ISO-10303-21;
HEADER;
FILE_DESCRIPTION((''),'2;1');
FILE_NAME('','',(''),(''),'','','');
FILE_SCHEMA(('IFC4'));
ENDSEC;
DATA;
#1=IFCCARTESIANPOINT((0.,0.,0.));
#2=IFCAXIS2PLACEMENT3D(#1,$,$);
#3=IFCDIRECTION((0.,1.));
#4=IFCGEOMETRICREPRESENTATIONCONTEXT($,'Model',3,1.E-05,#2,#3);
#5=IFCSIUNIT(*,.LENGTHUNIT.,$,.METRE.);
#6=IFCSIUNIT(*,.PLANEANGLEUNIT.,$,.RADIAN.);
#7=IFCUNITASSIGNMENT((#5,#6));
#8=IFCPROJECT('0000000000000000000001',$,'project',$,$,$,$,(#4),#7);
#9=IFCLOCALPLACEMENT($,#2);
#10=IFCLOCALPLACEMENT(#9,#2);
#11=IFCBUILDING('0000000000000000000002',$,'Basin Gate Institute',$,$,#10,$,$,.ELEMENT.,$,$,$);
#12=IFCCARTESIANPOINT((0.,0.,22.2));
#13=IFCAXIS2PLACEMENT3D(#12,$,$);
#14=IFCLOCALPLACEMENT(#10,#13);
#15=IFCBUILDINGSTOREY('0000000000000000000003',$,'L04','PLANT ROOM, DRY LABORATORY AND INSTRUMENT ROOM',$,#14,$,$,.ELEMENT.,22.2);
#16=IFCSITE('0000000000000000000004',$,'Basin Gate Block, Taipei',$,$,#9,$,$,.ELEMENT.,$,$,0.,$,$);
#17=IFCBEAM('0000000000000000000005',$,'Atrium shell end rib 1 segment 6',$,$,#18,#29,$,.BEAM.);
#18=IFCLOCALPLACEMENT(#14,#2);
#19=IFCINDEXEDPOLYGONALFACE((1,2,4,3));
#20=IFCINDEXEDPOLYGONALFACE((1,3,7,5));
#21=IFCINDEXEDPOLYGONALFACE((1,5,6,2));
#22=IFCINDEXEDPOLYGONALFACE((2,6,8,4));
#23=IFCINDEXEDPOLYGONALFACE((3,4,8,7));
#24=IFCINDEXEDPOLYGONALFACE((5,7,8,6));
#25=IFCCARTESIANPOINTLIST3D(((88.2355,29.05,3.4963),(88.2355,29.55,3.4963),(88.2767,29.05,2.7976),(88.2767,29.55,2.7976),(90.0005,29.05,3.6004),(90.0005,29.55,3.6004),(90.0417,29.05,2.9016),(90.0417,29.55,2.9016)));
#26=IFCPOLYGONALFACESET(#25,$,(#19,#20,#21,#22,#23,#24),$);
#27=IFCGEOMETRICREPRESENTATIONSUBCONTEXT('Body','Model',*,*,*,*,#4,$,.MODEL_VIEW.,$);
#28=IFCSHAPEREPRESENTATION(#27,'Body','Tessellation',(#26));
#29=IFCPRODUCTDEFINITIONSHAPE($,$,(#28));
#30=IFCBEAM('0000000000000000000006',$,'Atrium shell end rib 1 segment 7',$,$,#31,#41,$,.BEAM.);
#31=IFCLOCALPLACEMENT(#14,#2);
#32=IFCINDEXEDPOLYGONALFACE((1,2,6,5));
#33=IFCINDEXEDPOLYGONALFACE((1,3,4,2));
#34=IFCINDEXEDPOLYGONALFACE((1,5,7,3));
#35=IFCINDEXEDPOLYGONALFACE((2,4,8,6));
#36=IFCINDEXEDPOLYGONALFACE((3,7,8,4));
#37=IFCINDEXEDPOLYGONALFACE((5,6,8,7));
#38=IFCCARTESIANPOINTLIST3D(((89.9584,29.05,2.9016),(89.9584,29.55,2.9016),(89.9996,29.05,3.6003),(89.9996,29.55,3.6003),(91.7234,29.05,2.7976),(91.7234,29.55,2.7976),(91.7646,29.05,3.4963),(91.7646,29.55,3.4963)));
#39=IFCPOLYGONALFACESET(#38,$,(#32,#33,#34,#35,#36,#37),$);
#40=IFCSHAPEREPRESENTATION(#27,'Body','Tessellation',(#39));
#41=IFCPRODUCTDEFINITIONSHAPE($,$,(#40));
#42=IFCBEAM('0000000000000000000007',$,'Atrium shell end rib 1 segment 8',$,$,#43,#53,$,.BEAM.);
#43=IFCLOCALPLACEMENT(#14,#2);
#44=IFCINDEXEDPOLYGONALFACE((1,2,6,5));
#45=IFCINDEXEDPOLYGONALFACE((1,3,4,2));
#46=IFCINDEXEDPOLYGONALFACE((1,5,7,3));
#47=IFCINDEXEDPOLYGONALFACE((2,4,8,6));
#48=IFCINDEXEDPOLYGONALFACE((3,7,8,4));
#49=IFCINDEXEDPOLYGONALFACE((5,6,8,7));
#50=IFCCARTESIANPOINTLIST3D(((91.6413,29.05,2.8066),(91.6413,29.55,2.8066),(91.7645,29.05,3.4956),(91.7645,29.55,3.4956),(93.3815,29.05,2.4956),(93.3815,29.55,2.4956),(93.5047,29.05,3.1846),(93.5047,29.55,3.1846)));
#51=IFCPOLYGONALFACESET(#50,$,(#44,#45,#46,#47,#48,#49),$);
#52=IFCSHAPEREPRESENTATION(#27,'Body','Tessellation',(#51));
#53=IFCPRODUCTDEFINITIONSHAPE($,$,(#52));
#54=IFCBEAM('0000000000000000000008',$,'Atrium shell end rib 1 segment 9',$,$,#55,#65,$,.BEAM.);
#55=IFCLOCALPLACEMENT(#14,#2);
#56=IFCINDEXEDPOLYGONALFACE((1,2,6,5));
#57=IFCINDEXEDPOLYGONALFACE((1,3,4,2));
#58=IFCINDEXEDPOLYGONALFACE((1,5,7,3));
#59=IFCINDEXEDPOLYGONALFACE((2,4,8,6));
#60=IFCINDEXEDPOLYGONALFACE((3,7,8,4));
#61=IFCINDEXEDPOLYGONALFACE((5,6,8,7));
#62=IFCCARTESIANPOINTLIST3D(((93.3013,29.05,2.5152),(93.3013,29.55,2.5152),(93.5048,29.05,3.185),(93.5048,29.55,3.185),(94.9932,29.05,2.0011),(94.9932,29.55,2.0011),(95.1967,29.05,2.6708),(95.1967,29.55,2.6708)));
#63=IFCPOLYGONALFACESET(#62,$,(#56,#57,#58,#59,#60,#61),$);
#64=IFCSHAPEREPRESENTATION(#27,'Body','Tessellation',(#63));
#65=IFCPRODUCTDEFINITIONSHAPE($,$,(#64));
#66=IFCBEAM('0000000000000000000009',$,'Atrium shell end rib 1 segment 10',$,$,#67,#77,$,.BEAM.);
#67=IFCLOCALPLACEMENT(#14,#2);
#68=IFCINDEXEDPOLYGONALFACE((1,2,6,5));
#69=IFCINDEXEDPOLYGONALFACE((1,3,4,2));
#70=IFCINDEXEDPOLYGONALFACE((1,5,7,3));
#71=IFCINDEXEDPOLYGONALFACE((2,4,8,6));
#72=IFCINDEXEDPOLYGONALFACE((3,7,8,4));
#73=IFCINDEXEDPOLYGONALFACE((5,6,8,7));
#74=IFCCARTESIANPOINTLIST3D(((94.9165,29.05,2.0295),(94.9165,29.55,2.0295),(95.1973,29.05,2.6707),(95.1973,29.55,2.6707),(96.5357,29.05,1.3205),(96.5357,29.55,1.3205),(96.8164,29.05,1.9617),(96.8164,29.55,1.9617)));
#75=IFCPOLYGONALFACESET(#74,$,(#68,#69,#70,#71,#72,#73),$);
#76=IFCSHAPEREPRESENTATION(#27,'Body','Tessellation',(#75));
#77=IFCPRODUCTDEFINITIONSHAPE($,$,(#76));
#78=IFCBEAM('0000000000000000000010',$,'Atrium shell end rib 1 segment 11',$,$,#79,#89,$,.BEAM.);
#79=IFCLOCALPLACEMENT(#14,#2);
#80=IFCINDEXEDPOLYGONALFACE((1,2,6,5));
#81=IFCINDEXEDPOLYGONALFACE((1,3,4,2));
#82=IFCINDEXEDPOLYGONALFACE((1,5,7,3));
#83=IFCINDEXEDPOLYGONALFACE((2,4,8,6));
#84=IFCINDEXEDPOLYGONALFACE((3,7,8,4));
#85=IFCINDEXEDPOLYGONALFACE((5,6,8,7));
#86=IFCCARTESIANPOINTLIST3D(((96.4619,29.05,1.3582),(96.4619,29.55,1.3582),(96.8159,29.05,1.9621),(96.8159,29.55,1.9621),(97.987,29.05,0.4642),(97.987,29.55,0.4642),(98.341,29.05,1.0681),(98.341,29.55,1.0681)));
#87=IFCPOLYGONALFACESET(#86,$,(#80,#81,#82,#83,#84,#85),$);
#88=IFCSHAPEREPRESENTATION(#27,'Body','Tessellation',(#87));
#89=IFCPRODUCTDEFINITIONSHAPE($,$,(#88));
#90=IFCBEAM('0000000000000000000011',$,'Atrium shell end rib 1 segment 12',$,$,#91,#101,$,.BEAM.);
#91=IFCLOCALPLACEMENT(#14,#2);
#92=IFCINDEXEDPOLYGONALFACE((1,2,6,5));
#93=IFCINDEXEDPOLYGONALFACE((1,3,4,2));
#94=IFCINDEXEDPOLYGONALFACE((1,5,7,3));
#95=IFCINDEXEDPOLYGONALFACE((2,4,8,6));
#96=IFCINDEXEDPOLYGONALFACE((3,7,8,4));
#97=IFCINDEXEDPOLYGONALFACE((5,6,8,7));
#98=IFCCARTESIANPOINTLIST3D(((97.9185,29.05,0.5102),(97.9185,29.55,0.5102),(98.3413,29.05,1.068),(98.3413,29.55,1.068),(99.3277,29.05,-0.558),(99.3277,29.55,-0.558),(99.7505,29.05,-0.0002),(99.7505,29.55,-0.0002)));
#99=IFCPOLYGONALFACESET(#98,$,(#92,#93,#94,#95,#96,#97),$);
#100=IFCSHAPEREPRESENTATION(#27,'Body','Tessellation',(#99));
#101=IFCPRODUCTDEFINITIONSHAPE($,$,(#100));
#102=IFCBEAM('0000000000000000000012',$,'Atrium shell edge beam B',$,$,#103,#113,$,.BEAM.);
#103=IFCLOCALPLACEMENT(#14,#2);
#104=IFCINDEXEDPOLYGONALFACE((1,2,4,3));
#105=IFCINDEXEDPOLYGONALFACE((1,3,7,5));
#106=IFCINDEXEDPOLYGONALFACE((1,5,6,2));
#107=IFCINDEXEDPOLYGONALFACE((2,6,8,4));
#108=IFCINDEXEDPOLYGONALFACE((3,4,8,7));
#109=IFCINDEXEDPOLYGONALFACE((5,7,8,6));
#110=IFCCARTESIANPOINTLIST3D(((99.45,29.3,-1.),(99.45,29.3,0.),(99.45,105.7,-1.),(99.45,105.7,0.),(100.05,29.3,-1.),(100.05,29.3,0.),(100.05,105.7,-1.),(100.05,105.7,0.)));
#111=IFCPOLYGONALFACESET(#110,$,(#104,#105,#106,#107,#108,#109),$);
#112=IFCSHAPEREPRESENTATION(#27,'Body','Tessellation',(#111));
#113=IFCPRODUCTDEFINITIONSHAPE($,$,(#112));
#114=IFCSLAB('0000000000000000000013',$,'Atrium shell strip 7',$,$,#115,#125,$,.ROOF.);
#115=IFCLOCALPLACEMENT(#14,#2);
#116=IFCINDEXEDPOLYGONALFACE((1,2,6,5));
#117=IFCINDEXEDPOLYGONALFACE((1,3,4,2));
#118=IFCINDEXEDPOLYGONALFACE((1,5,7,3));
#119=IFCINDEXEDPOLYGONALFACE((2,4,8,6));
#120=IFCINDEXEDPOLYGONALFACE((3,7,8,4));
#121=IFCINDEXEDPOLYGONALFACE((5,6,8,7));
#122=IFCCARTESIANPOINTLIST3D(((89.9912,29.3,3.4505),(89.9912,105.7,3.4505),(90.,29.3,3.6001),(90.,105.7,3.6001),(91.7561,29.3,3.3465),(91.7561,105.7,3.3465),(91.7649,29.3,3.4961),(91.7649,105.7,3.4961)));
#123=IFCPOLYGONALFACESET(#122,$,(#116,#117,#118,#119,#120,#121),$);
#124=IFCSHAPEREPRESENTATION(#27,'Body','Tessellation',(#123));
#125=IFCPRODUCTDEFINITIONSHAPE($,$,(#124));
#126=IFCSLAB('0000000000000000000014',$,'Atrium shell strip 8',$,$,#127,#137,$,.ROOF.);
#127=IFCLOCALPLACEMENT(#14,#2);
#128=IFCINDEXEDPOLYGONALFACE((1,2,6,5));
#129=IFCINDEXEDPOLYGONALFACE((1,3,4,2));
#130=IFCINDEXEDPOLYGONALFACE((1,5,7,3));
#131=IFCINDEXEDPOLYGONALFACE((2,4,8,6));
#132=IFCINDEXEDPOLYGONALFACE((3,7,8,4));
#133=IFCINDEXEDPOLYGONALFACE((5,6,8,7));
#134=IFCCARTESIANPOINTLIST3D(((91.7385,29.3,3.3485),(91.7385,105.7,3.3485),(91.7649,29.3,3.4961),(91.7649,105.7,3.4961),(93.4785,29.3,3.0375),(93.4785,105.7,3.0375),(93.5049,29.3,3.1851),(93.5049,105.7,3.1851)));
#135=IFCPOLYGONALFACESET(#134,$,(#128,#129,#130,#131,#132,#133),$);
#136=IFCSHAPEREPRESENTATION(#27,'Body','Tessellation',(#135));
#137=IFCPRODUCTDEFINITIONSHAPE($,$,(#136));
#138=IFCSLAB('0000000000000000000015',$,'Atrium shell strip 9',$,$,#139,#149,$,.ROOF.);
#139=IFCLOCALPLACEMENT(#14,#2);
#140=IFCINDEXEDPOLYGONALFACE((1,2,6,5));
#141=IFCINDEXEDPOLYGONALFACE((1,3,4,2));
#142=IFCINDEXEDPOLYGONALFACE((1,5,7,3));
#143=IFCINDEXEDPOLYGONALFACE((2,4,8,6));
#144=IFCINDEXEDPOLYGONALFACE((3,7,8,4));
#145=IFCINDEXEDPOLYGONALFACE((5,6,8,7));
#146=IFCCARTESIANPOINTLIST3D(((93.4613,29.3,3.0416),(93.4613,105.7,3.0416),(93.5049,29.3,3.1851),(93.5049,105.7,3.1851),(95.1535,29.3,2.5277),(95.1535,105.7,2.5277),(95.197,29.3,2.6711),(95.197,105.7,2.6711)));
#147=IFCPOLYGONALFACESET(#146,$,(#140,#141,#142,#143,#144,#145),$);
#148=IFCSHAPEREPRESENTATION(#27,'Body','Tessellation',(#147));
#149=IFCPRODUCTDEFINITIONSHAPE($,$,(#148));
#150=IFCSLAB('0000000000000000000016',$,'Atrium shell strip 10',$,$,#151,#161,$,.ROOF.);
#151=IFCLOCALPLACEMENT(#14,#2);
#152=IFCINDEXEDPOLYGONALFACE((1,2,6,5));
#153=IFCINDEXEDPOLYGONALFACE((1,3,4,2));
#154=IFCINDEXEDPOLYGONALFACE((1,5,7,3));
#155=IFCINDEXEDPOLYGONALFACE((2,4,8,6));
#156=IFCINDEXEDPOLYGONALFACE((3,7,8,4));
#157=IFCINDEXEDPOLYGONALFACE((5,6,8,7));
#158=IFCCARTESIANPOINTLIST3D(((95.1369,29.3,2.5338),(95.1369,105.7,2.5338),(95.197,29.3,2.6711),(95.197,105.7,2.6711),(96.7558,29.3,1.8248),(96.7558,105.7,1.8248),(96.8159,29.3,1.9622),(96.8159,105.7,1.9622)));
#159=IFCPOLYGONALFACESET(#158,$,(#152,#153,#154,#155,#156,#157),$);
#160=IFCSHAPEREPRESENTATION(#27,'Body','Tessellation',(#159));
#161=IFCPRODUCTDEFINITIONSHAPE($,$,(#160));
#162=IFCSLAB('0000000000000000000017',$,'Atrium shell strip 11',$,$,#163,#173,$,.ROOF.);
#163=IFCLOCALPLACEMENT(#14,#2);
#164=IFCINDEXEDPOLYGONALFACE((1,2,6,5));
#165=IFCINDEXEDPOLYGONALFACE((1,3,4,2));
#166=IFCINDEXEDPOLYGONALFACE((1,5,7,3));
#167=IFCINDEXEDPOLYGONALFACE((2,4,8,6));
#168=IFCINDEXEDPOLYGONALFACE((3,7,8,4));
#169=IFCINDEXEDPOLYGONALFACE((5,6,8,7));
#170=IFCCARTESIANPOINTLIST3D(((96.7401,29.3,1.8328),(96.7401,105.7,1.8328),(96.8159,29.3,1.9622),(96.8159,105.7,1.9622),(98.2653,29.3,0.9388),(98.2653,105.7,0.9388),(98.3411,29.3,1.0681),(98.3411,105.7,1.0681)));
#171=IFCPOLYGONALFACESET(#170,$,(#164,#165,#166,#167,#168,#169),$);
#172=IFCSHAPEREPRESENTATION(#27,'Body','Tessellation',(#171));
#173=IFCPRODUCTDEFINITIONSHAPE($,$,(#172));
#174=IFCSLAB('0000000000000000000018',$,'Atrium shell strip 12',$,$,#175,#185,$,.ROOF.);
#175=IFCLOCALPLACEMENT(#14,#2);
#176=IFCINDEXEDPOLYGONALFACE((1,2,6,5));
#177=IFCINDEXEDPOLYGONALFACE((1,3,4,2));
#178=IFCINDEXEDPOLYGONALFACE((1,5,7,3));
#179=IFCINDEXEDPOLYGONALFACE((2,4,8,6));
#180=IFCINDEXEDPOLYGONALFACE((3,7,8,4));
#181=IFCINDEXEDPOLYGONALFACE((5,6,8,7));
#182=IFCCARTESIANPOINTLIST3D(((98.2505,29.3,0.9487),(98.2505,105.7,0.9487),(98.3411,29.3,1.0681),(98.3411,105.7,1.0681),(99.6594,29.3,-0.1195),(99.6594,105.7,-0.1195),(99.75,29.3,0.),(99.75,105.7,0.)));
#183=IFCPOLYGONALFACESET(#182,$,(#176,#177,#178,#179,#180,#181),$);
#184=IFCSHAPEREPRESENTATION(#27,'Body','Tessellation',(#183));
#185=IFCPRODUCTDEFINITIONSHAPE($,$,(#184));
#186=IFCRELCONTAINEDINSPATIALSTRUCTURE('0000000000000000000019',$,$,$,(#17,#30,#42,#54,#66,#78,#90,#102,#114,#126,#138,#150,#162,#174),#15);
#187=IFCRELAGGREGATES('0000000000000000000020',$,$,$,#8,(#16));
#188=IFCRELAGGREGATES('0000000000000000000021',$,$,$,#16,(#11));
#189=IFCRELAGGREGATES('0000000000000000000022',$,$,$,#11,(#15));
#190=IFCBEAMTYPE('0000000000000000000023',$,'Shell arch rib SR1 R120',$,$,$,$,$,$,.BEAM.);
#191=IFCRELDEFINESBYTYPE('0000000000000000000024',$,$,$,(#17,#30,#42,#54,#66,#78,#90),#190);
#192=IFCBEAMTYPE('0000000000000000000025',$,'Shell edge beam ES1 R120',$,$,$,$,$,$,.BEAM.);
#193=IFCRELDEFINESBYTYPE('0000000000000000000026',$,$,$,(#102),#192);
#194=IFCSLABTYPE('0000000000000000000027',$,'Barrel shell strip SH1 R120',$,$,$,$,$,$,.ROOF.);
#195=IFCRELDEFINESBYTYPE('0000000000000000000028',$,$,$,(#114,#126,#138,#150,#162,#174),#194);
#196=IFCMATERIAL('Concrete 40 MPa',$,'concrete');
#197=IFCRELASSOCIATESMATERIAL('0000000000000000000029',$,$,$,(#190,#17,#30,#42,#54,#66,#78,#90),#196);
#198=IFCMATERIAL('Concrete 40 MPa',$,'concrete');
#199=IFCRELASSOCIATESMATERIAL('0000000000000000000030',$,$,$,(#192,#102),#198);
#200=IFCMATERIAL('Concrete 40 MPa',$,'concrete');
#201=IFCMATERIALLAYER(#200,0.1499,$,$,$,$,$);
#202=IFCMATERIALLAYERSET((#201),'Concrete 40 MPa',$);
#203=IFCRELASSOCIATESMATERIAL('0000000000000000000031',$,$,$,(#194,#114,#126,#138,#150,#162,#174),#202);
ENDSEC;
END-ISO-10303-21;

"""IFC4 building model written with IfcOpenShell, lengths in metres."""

from ifc_helpers import new_model, si_unit, direction, frame, origin, origin_2d, place, context, subcontext, project, spatial, polyline, rectangle, outline, extrude, material, layer, layer_set, material_profile, profile_set, type_object, element, save


model = new_model("IFC4")

# Units and contexts
model_context = context("Model", 3, precision=1e-05, world=origin(), true_north=direction((0.0, 1.0)))
body_context = subcontext(model_context, "Body", "Model", "MODEL_VIEW")
ifc_project = project(units=[si_unit("LENGTHUNIT", "METRE"), si_unit("PLANEANGLEUNIT", "RADIAN")], contexts=[model_context])

# Site, building, storey
site_placement = place(None, origin())
site = spatial("IfcSite", under=ifc_project, at=site_placement, Name="Basin Gate Block, Taipei", CompositionType="ELEMENT", RefElevation=0.0)
building_placement = place(site_placement, origin())
building = spatial("IfcBuilding", under=site, at=building_placement, Name="Basin Gate Institute", CompositionType="ELEMENT")
storey_placement = place(building_placement, frame((0.0, 0.0, 22.2)))
storey = spatial("IfcBuildingStorey", under=building, at=storey_placement, Name="L04", Description="PLANT ROOM, DRY LABORATORY AND INSTRUMENT ROOM", CompositionType="ELEMENT", Elevation=22.2)

# Beams
ifc_material_1 = material(Name="Concrete 40 MPa", Category="concrete")
ifc_material_profile_1 = material_profile(ifc_material_1, rectangle(XDim=0.5, YDim=0.7, at=origin_2d()), Name="Shell arch rib SR1 500 x 700")
ifc_profile_set_1 = profile_set([ifc_material_profile_1], Name="Concrete 40 MPa")
beam_type_1 = type_object("IfcBeamType", Name="Shell arch rib SR1 R120", PredefinedType="BEAM", material=ifc_profile_set_1)
for number, where, z_axis, x_axis, name in (
    (1, (88.2561, 29.3, 3.147), (0.998268, 0.0, 0.058827), (0.0, 1.0, 0.0), "Atrium shell end rib 1 segment 6"),
    (2, (89.979, 29.3, 3.251), (0.998268, 0.0, -0.058827), (0.0, 1.0, 0.0), "Atrium shell end rib 1 segment 7"),
):
    element("IfcBeam", number, at=place(storey_placement, frame(where, z_axis=z_axis, x_axis=x_axis)), inside=storey, type_object=beam_type_1, material=ifc_profile_set_1, Name=name, PredefinedType="BEAM", context=body_context, shape_type="SweptSolid", body=[
        extrude(rectangle(XDim=0.5, YDim=0.7, at=origin_2d()), origin(), (0.0, 0.0, 1.0), 1.7681),
    ])
beam_1_placement = place(storey_placement, frame((91.7029, 29.3, 3.1511), z_axis=(0.9844, 0.0, -0.175944), x_axis=(0.0, 1.0, 0.0)))
element("IfcBeam", 3, at=beam_1_placement, inside=storey, type_object=beam_type_1, material=ifc_profile_set_1, Name="Atrium shell end rib 1 segment 8", PredefinedType="BEAM", context=body_context, shape_type="SweptSolid", body=[
    extrude(rectangle(XDim=0.5, YDim=0.7, at=origin_2d()), origin(), (0.0, 0.0, 1.0), 1.7678),
])
beam_2_placement = place(storey_placement, frame((93.4031, 29.3, 2.8501), z_axis=(0.956794, 0.0, -0.290766), x_axis=(0.0, 1.0, 0.0)))
element("IfcBeam", 4, at=beam_2_placement, inside=storey, type_object=beam_type_1, material=ifc_profile_set_1, Name="Atrium shell end rib 1 segment 9", PredefinedType="BEAM", context=body_context, shape_type="SweptSolid", body=[
    extrude(rectangle(XDim=0.5, YDim=0.7, at=origin_2d()), origin(), (0.0, 0.0, 1.0), 1.7683),
])
beam_3_placement = place(storey_placement, frame((95.0569, 29.3, 2.3501), z_axis=(0.91603, 0.0, -0.401109), x_axis=(0.0, 1.0, 0.0)))
element("IfcBeam", 5, at=beam_3_placement, inside=storey, type_object=beam_type_1, material=ifc_profile_set_1, Name="Atrium shell end rib 1 segment 10", PredefinedType="BEAM", context=body_context, shape_type="SweptSolid", body=[
    extrude(rectangle(XDim=0.5, YDim=0.7, at=origin_2d()), origin(), (0.0, 0.0, 1.0), 1.7676),
])
beam_4_placement = place(storey_placement, frame((96.6389, 29.3, 1.6602), z_axis=(0.8627, 0.0, -0.505716), x_axis=(0.0, 1.0, 0.0)))
element("IfcBeam", 6, at=beam_4_placement, inside=storey, type_object=beam_type_1, material=ifc_profile_set_1, Name="Atrium shell end rib 1 segment 11", PredefinedType="BEAM", context=body_context, shape_type="SweptSolid", body=[
    extrude(rectangle(XDim=0.5, YDim=0.7, at=origin_2d()), origin(), (0.0, 0.0, 1.0), 1.7678),
])
beam_5_placement = place(storey_placement, frame((98.1299, 29.3, 0.7891), z_axis=(0.796941, 0.0, -0.604057), x_axis=(0.0, 1.0, 0.0)))
element("IfcBeam", 7, at=beam_5_placement, inside=storey, type_object=beam_type_1, material=ifc_profile_set_1, Name="Atrium shell end rib 1 segment 12", PredefinedType="BEAM", context=body_context, shape_type="SweptSolid", body=[
    extrude(rectangle(XDim=0.5, YDim=0.7, at=origin_2d()), origin(), (0.0, 0.0, 1.0), 1.7683),
])
ifc_material_2 = material(Name="Concrete 40 MPa", Category="concrete")
ifc_material_profile_2 = material_profile(ifc_material_2, rectangle(XDim=0.6001, YDim=1.0, at=origin_2d()), Name="Shell edge beam ES1 600 x 1000")
ifc_profile_set_2 = profile_set([ifc_material_profile_2], Name="Concrete 40 MPa")
beam_type_2 = type_object("IfcBeamType", Name="Shell edge beam ES1 R120", PredefinedType="BEAM", material=ifc_profile_set_2)
beam_6_placement = place(storey_placement, frame((99.75, 29.3, -0.5), z_axis=(0.0, 1.0, 0.0), x_axis=(-1.0, 0.0, 0.0)))
element("IfcBeam", 8, at=beam_6_placement, inside=storey, type_object=beam_type_2, material=ifc_profile_set_2, Name="Atrium shell edge beam B", PredefinedType="BEAM", context=body_context, shape_type="SweptSolid", body=[
    extrude(rectangle(XDim=0.6001, YDim=1.0, at=origin_2d()), origin(), (0.0, 0.0, 1.0), 76.3999),
])

# Slabs
ifc_material_3 = material(Name="Concrete 40 MPa", Category="concrete")
ifc_layer_1 = layer(ifc_material_3, 0.1499)
ifc_layer_set_1 = layer_set([ifc_layer_1], Name="Concrete 40 MPa")
slab_type = type_object("IfcSlabType", Name="Barrel shell strip SH1 R120", PredefinedType="ROOF", material=ifc_layer_set_1)
slab_1_placement = place(storey_placement, frame((90.0, 29.3, 3.6001), z_axis=(0.058827, 0.0, 0.998268), x_axis=(0.998268, 0.0, -0.058827)))
element("IfcSlab", 9, at=slab_1_placement, inside=storey, type_object=slab_type, material=ifc_layer_set_1, Name="Atrium shell strip 7", PredefinedType="ROOF", context=body_context, shape_type="SweptSolid", body=[
    extrude(outline(polyline([(0.0, 0.0), (1.768, 0.0), (1.768, 76.3999), (0.0, 76.3999), (0.0, 0.0)])), origin(), (0.0, 0.0, -1.0), 0.1499),
])
slab_2_placement = place(storey_placement, frame((91.7649, 29.3, 3.4961), z_axis=(0.175968, 0.0, 0.984396), x_axis=(0.984396, 0.0, -0.175968)))
element("IfcSlab", 10, at=slab_2_placement, inside=storey, type_object=slab_type, material=ifc_layer_set_1, Name="Atrium shell strip 8", PredefinedType="ROOF", context=body_context, shape_type="SweptSolid", body=[
    extrude(outline(polyline([(0.0, 0.0), (1.7676, 0.0), (1.7676, 76.3999), (0.0, 76.3999), (0.0, 0.0)])), origin(), (0.0, 0.0, -1.0), 0.1499),
])
slab_3_placement = place(storey_placement, frame((93.5049, 29.3, 3.1851), z_axis=(0.290601, 0.0, 0.956844), x_axis=(0.956844, 0.0, -0.290601)))
element("IfcSlab", 11, at=slab_3_placement, inside=storey, type_object=slab_type, material=ifc_layer_set_1, Name="Atrium shell strip 9", PredefinedType="ROOF", context=body_context, shape_type="SweptSolid", body=[
    extrude(outline(polyline([(0.0, 0.0), (1.7685, 0.0), (1.7685, 76.3999), (0.0, 76.3999), (0.0, 0.0)])), origin(), (0.0, 0.0, -1.0), 0.1499),
])
slab_4_placement = place(storey_placement, frame((95.197, 29.3, 2.6711), z_axis=(0.401159, 0.0, 0.916008), x_axis=(0.916008, 0.0, -0.401159)))
element("IfcSlab", 12, at=slab_4_placement, inside=storey, type_object=slab_type, material=ifc_layer_set_1, Name="Atrium shell strip 10", PredefinedType="ROOF", context=body_context, shape_type="SweptSolid", body=[
    extrude(outline(polyline([(0.0, 0.0), (1.7673, 0.0), (1.7673, 76.3999), (0.0, 76.3999), (0.0, 0.0)])), origin(), (0.0, 0.0, -1.0), 0.1499),
])
slab_5_placement = place(storey_placement, frame((96.8159, 29.3, 1.9622), z_axis=(0.505716, 0.0, 0.8627), x_axis=(0.8627, 0.0, -0.505716)))
element("IfcSlab", 13, at=slab_5_placement, inside=storey, type_object=slab_type, material=ifc_layer_set_1, Name="Atrium shell strip 11", PredefinedType="ROOF", context=body_context, shape_type="SweptSolid", body=[
    extrude(outline(polyline([(0.0, 0.0), (1.7679, 0.0), (1.7679, 76.3999), (0.0, 76.3999), (0.0, 0.0)])), origin(), (0.0, 0.0, -1.0), 0.1499),
])
slab_6_placement = place(storey_placement, frame((98.3411, 29.3, 1.0681), z_axis=(0.604124, 0.0, 0.796891), x_axis=(0.796891, 0.0, -0.604124)))
element("IfcSlab", 14, at=slab_6_placement, inside=storey, type_object=slab_type, material=ifc_layer_set_1, Name="Atrium shell strip 12", PredefinedType="ROOF", context=body_context, shape_type="SweptSolid", body=[
    extrude(outline(polyline([(0.0, 0.0), (1.768, 0.0), (1.768, 76.3999), (0.0, 76.3999), (0.0, 0.0)])), origin(), (0.0, 0.0, -1.0), 0.1499),
])

save(model, "model.ifc")
